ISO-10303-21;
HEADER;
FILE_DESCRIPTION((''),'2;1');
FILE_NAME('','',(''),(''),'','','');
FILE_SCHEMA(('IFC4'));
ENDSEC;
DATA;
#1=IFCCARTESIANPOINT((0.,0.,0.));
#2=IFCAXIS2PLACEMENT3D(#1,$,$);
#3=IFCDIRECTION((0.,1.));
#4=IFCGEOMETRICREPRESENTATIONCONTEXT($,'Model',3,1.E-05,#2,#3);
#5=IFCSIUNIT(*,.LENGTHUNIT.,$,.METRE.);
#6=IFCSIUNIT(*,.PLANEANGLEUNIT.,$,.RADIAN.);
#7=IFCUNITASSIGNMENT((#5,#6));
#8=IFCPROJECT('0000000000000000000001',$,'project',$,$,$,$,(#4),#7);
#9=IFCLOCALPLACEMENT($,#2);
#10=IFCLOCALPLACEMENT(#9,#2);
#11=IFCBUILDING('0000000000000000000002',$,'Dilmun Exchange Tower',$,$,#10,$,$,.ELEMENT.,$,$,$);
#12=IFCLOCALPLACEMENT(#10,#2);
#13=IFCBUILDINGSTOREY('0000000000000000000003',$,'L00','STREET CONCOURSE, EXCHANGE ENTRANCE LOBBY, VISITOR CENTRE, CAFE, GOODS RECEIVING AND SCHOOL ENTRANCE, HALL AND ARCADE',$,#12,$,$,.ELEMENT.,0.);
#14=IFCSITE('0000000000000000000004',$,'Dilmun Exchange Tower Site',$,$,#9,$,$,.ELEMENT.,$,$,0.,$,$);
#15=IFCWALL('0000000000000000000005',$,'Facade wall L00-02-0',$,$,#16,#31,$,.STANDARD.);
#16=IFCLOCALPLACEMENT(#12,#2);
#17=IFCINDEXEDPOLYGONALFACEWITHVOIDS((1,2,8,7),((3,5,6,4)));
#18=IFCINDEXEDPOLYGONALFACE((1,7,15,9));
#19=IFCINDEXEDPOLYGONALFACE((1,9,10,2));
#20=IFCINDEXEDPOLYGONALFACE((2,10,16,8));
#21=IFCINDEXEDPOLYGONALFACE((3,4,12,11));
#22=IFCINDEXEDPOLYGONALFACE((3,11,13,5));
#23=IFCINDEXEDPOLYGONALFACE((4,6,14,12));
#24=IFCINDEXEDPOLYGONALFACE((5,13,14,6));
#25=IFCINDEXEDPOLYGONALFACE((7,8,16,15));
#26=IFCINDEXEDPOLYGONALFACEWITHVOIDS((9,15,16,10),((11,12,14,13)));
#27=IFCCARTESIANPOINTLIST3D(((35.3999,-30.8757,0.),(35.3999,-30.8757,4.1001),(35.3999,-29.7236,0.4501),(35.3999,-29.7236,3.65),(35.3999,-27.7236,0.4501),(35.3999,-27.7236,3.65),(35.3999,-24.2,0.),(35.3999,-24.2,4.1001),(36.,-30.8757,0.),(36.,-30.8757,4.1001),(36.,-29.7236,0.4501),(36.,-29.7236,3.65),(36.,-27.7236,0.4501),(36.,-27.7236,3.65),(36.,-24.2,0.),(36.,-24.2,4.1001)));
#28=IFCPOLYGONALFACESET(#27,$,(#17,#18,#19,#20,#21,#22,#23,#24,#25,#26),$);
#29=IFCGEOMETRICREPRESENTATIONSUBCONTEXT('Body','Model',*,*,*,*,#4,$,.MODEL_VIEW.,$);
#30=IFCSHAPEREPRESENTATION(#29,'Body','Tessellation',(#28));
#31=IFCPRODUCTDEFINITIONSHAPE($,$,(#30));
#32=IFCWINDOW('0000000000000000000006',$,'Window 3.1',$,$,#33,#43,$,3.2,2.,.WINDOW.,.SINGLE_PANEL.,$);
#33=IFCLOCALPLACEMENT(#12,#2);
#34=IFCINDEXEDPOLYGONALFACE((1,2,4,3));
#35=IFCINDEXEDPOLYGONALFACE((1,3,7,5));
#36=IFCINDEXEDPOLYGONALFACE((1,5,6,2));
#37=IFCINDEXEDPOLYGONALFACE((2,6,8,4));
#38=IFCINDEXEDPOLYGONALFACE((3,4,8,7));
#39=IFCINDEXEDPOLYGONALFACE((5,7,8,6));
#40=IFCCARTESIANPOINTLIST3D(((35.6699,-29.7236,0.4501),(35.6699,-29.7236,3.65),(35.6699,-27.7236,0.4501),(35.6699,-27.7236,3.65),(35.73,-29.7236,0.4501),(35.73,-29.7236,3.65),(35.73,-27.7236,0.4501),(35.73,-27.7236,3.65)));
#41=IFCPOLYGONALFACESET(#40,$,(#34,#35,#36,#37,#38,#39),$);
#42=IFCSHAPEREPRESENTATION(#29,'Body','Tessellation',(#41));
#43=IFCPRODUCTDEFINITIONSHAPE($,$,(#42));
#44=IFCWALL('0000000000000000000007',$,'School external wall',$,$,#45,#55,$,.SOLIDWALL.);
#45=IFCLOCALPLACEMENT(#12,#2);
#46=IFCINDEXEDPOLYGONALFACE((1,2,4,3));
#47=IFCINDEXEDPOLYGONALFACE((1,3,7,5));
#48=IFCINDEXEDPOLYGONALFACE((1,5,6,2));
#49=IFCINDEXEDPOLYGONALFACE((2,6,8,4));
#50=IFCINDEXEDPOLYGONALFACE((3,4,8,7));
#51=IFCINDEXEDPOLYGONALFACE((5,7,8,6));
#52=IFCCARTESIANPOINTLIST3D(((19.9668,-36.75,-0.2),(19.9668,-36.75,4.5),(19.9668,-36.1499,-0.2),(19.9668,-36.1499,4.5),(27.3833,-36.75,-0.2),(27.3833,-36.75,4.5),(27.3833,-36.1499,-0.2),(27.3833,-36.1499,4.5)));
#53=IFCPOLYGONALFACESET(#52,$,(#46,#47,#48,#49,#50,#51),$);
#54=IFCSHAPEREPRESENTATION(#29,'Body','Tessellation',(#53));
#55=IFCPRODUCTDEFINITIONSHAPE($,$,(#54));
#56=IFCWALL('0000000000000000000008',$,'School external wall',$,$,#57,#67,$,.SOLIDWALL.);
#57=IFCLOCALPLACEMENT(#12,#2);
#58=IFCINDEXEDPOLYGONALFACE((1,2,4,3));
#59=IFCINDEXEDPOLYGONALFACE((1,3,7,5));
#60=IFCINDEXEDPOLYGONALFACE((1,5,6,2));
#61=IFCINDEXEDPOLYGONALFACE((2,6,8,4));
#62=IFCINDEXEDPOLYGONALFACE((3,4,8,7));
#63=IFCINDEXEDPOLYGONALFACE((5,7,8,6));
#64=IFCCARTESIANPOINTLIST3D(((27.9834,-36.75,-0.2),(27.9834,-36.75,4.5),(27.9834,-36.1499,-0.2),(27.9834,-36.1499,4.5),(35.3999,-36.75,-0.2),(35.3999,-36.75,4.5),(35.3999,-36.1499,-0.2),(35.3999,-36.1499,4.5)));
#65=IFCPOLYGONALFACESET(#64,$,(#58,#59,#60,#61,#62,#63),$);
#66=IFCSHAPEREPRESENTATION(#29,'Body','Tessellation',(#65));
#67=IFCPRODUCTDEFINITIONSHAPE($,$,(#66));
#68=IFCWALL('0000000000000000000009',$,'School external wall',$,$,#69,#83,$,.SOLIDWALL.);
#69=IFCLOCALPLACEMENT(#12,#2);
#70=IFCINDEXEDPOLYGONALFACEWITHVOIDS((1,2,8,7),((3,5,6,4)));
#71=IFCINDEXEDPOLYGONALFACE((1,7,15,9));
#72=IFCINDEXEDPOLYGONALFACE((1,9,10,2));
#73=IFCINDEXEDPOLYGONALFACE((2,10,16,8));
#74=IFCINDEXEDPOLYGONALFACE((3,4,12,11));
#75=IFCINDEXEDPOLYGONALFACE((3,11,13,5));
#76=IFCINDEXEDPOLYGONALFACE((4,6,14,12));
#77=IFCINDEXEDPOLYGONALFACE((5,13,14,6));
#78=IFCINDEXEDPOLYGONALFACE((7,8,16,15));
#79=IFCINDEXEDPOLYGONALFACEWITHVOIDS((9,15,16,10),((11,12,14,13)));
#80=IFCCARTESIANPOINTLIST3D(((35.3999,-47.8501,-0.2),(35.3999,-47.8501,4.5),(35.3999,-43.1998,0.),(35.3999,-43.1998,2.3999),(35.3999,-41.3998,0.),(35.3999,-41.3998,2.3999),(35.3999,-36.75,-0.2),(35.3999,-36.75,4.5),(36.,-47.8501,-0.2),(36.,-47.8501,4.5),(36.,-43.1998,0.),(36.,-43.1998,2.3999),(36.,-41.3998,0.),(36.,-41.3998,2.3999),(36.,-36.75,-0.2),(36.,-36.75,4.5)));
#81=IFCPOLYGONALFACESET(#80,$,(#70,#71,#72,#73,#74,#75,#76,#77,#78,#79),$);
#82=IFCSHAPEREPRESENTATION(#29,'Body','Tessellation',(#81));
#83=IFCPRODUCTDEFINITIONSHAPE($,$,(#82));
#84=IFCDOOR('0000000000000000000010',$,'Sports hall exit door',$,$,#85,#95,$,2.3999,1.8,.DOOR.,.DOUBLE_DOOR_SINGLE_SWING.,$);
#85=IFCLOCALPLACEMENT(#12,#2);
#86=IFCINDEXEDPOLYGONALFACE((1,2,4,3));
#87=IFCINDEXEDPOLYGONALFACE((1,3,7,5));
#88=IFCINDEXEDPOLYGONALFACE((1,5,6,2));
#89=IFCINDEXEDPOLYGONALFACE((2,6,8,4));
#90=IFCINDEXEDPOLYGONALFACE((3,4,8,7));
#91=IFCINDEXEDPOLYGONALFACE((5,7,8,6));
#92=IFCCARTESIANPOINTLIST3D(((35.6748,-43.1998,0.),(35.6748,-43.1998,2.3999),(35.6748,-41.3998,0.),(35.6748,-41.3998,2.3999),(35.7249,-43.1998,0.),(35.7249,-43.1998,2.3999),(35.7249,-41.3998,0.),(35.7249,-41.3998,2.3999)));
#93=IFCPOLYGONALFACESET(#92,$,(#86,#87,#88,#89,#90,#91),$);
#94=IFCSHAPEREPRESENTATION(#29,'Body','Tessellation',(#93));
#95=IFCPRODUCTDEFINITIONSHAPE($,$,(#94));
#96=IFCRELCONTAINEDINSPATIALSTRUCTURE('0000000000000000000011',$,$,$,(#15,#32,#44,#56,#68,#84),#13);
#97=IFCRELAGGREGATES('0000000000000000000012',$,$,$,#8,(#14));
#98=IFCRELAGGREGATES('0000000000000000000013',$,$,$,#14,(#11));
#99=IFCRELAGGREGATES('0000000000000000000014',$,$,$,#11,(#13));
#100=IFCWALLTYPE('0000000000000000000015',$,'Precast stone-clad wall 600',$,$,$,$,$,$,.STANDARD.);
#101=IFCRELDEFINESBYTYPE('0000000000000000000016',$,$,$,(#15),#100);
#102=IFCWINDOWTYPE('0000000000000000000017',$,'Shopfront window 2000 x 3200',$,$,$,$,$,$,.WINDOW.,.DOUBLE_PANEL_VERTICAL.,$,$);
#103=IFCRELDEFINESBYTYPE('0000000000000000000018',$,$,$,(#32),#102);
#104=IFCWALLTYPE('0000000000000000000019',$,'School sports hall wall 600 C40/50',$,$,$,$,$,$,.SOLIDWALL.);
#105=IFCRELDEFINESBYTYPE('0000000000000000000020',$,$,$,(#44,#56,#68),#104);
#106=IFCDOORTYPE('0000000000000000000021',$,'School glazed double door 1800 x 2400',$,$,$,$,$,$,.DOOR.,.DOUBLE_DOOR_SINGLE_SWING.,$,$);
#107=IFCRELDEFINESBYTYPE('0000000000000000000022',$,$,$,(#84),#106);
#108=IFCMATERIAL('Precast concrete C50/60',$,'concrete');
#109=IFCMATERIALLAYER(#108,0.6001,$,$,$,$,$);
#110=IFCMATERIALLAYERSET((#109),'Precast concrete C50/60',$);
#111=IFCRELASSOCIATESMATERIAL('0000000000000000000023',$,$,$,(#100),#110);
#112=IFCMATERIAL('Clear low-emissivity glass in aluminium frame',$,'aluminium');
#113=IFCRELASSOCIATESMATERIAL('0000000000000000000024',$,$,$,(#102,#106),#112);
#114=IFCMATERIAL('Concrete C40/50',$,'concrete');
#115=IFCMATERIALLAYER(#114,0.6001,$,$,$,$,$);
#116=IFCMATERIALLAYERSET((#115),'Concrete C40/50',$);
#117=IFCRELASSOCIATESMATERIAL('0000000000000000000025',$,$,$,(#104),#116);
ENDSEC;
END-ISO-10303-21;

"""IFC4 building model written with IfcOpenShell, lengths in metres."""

from ifc_helpers import new_model, si_unit, direction, frame, frame_2d, origin, place, context, subcontext, project, spatial, rectangle, extrude, material, layer, layer_set, type_object, element, fill, save


model = new_model("IFC4")

# Units and contexts
model_context = context("Model", 3, precision=1e-05, world=origin(), true_north=direction((0.0, 1.0)))
body_context = subcontext(model_context, "Body", "Model", "MODEL_VIEW")
ifc_project = project(units=[si_unit("LENGTHUNIT", "METRE"), si_unit("PLANEANGLEUNIT", "RADIAN")], contexts=[model_context])

# Site, building, storey
site_placement = place(None, origin())
site = spatial("IfcSite", under=ifc_project, at=site_placement, Name="Dilmun Exchange Tower Site", CompositionType="ELEMENT", RefElevation=0.0)
building_placement = place(site_placement, origin())
building = spatial("IfcBuilding", under=site, at=building_placement, Name="Dilmun Exchange Tower", CompositionType="ELEMENT")
storey_placement = place(building_placement, origin())
storey = spatial("IfcBuildingStorey", under=building, at=storey_placement, Name="L00", Description="STREET CONCOURSE, EXCHANGE ENTRANCE LOBBY, VISITOR CENTRE, CAFE, GOODS RECEIVING AND SCHOOL ENTRANCE, HALL AND ARCADE", CompositionType="ELEMENT", Elevation=0.0)

# Shared definitions
ifc_material_1 = material(Name="Concrete C40/50", Category="concrete")

# Shared definitions
ifc_material_2 = material(Name="Precast concrete C50/60", Category="concrete")
ifc_layer_1 = layer(ifc_material_2, 0.6001)
ifc_layer_set_1 = layer_set([ifc_layer_1], Name="Precast concrete C50/60")
wall_type_1 = type_object("IfcWallType", Name="Precast stone-clad wall 600", PredefinedType="STANDARD", material=ifc_layer_set_1)

# Wall, opening, window
wall_1_placement = place(storey_placement, frame((35.7, -30.8757, 0.0), z_axis=(0.0, 0.0, 1.0), x_axis=(0.0, 1.0, 0.0)))
wall_1 = element("IfcWall", 1, at=wall_1_placement, inside=storey, type_object=wall_type_1, Name="Facade wall L00-02-0", PredefinedType="STANDARD", context=body_context, shape_type="SweptSolid", body=[
    extrude(rectangle(XDim=6.6758, YDim=0.6001, at=frame_2d((3.3379, 0.0))), origin(), (0.0, 0.0, 1.0), 4.1001),
])
opening_1_placement = place(wall_1_placement, frame((1.1521, 0.0, 0.45)))
opening_1 = element("IfcOpeningElement", 2, at=opening_1_placement, cuts=wall_1, PredefinedType="OPENING", context=body_context, shape_type="SweptSolid", body=[
    extrude(rectangle(XDim=2.0, YDim=3.2, at=frame_2d((1.0, 1.6001))), frame((0.0, 0.3101, 0.0), z_axis=(0.0, -1.0, 0.0), x_axis=(1.0, 0.0, 0.0)), (0.0, 0.0, 1.0), 0.6201),
])
ifc_material_3 = material(Name="Clear low-emissivity glass in aluminium frame", Category="aluminium")
window_type = type_object("IfcWindowType", Name="Shopfront window 2000 x 3200", PartitioningType="DOUBLE_PANEL_VERTICAL", PredefinedType="WINDOW", material=ifc_material_3)
window_placement = place(opening_1_placement, origin())
window = element("IfcWindow", 3, at=window_placement, inside=storey, type_object=window_type, Name="Window 3.1", OverallHeight=3.2, OverallWidth=2.0, PartitioningType="SINGLE_PANEL", PredefinedType="WINDOW", context=body_context, shape_type="SweptSolid", body=[
    extrude(rectangle(XDim=2.0, YDim=3.2, at=frame_2d((1.0, 1.6001))), frame((0.0, 0.03, 0.0), z_axis=(0.0, -1.0, 0.0), x_axis=(1.0, 0.0, 0.0)), (0.0, 0.0, 1.0), 0.0601),
])
fill(opening_1, window)

# Walls
ifc_layer_2 = layer(ifc_material_1, 0.6001)
ifc_layer_set_2 = layer_set([ifc_layer_2], Name="Concrete C40/50")
wall_type_2 = type_object("IfcWallType", Name="School sports hall wall 600 C40/50", PredefinedType="SOLIDWALL", material=ifc_layer_set_2)
for number, where, z_axis, x_axis, name in (
    (4, (19.9668, -36.45, -0.2), (0.0, 0.0, 1.0), (1.0, 0.0, 0.0), "School external wall"),
    (5, (27.9834, -36.45, -0.2), (0.0, 0.0, 1.0), (1.0, 0.0, 0.0), "School external wall"),
):
    element("IfcWall", number, at=place(storey_placement, frame(where, z_axis=z_axis, x_axis=x_axis)), inside=storey, type_object=wall_type_2, Name=name, PredefinedType="SOLIDWALL", context=body_context, shape_type="SweptSolid", body=[
        extrude(rectangle(XDim=7.4165, YDim=0.6001, at=frame_2d((3.7083, 0.0))), origin(), (0.0, 0.0, 1.0), 4.7),
    ])

# Wall, opening, door
wall_2_placement = place(storey_placement, frame((35.7, -36.75, -0.2), z_axis=(0.0, 0.0, 1.0), x_axis=(0.0, -1.0, 0.0)))
wall_2 = element("IfcWall", 6, at=wall_2_placement, inside=storey, type_object=wall_type_2, Name="School external wall", PredefinedType="SOLIDWALL", context=body_context, shape_type="SweptSolid", body=[
    extrude(rectangle(XDim=11.1001, YDim=0.6001, at=frame_2d((5.55, 0.0))), origin(), (0.0, 0.0, 1.0), 4.7),
])
opening_2_placement = place(wall_2_placement, frame((4.6499, 0.0, 0.2)))
opening_2 = element("IfcOpeningElement", 7, at=opening_2_placement, cuts=wall_2, PredefinedType="OPENING", context=body_context, shape_type="SweptSolid", body=[
    extrude(rectangle(XDim=1.8, YDim=2.3999, at=frame_2d((0.8999, 1.2))), frame((0.0, 0.3101, 0.0), z_axis=(0.0, -1.0, 0.0), x_axis=(1.0, 0.0, 0.0)), (0.0, 0.0, 1.0), 0.6201),
])
door_type = type_object("IfcDoorType", Name="School glazed double door 1800 x 2400", OperationType="DOUBLE_DOOR_SINGLE_SWING", PredefinedType="DOOR", material=ifc_material_3)
door_placement = place(opening_2_placement, origin())
door = element("IfcDoor", 8, at=door_placement, inside=storey, type_object=door_type, Name="Sports hall exit door", OperationType="DOUBLE_DOOR_SINGLE_SWING", OverallHeight=2.3999, OverallWidth=1.8, PredefinedType="DOOR", context=body_context, shape_type="SweptSolid", body=[
    extrude(rectangle(XDim=1.8, YDim=2.3999, at=frame_2d((0.8999, 1.2))), frame((0.0, 0.0249, 0.0), z_axis=(0.0, -1.0, 0.0), x_axis=(1.0, 0.0, 0.0)), (0.0, 0.0, 1.0), 0.05),
])
fill(opening_2, door)

save(model, "model.ifc")
